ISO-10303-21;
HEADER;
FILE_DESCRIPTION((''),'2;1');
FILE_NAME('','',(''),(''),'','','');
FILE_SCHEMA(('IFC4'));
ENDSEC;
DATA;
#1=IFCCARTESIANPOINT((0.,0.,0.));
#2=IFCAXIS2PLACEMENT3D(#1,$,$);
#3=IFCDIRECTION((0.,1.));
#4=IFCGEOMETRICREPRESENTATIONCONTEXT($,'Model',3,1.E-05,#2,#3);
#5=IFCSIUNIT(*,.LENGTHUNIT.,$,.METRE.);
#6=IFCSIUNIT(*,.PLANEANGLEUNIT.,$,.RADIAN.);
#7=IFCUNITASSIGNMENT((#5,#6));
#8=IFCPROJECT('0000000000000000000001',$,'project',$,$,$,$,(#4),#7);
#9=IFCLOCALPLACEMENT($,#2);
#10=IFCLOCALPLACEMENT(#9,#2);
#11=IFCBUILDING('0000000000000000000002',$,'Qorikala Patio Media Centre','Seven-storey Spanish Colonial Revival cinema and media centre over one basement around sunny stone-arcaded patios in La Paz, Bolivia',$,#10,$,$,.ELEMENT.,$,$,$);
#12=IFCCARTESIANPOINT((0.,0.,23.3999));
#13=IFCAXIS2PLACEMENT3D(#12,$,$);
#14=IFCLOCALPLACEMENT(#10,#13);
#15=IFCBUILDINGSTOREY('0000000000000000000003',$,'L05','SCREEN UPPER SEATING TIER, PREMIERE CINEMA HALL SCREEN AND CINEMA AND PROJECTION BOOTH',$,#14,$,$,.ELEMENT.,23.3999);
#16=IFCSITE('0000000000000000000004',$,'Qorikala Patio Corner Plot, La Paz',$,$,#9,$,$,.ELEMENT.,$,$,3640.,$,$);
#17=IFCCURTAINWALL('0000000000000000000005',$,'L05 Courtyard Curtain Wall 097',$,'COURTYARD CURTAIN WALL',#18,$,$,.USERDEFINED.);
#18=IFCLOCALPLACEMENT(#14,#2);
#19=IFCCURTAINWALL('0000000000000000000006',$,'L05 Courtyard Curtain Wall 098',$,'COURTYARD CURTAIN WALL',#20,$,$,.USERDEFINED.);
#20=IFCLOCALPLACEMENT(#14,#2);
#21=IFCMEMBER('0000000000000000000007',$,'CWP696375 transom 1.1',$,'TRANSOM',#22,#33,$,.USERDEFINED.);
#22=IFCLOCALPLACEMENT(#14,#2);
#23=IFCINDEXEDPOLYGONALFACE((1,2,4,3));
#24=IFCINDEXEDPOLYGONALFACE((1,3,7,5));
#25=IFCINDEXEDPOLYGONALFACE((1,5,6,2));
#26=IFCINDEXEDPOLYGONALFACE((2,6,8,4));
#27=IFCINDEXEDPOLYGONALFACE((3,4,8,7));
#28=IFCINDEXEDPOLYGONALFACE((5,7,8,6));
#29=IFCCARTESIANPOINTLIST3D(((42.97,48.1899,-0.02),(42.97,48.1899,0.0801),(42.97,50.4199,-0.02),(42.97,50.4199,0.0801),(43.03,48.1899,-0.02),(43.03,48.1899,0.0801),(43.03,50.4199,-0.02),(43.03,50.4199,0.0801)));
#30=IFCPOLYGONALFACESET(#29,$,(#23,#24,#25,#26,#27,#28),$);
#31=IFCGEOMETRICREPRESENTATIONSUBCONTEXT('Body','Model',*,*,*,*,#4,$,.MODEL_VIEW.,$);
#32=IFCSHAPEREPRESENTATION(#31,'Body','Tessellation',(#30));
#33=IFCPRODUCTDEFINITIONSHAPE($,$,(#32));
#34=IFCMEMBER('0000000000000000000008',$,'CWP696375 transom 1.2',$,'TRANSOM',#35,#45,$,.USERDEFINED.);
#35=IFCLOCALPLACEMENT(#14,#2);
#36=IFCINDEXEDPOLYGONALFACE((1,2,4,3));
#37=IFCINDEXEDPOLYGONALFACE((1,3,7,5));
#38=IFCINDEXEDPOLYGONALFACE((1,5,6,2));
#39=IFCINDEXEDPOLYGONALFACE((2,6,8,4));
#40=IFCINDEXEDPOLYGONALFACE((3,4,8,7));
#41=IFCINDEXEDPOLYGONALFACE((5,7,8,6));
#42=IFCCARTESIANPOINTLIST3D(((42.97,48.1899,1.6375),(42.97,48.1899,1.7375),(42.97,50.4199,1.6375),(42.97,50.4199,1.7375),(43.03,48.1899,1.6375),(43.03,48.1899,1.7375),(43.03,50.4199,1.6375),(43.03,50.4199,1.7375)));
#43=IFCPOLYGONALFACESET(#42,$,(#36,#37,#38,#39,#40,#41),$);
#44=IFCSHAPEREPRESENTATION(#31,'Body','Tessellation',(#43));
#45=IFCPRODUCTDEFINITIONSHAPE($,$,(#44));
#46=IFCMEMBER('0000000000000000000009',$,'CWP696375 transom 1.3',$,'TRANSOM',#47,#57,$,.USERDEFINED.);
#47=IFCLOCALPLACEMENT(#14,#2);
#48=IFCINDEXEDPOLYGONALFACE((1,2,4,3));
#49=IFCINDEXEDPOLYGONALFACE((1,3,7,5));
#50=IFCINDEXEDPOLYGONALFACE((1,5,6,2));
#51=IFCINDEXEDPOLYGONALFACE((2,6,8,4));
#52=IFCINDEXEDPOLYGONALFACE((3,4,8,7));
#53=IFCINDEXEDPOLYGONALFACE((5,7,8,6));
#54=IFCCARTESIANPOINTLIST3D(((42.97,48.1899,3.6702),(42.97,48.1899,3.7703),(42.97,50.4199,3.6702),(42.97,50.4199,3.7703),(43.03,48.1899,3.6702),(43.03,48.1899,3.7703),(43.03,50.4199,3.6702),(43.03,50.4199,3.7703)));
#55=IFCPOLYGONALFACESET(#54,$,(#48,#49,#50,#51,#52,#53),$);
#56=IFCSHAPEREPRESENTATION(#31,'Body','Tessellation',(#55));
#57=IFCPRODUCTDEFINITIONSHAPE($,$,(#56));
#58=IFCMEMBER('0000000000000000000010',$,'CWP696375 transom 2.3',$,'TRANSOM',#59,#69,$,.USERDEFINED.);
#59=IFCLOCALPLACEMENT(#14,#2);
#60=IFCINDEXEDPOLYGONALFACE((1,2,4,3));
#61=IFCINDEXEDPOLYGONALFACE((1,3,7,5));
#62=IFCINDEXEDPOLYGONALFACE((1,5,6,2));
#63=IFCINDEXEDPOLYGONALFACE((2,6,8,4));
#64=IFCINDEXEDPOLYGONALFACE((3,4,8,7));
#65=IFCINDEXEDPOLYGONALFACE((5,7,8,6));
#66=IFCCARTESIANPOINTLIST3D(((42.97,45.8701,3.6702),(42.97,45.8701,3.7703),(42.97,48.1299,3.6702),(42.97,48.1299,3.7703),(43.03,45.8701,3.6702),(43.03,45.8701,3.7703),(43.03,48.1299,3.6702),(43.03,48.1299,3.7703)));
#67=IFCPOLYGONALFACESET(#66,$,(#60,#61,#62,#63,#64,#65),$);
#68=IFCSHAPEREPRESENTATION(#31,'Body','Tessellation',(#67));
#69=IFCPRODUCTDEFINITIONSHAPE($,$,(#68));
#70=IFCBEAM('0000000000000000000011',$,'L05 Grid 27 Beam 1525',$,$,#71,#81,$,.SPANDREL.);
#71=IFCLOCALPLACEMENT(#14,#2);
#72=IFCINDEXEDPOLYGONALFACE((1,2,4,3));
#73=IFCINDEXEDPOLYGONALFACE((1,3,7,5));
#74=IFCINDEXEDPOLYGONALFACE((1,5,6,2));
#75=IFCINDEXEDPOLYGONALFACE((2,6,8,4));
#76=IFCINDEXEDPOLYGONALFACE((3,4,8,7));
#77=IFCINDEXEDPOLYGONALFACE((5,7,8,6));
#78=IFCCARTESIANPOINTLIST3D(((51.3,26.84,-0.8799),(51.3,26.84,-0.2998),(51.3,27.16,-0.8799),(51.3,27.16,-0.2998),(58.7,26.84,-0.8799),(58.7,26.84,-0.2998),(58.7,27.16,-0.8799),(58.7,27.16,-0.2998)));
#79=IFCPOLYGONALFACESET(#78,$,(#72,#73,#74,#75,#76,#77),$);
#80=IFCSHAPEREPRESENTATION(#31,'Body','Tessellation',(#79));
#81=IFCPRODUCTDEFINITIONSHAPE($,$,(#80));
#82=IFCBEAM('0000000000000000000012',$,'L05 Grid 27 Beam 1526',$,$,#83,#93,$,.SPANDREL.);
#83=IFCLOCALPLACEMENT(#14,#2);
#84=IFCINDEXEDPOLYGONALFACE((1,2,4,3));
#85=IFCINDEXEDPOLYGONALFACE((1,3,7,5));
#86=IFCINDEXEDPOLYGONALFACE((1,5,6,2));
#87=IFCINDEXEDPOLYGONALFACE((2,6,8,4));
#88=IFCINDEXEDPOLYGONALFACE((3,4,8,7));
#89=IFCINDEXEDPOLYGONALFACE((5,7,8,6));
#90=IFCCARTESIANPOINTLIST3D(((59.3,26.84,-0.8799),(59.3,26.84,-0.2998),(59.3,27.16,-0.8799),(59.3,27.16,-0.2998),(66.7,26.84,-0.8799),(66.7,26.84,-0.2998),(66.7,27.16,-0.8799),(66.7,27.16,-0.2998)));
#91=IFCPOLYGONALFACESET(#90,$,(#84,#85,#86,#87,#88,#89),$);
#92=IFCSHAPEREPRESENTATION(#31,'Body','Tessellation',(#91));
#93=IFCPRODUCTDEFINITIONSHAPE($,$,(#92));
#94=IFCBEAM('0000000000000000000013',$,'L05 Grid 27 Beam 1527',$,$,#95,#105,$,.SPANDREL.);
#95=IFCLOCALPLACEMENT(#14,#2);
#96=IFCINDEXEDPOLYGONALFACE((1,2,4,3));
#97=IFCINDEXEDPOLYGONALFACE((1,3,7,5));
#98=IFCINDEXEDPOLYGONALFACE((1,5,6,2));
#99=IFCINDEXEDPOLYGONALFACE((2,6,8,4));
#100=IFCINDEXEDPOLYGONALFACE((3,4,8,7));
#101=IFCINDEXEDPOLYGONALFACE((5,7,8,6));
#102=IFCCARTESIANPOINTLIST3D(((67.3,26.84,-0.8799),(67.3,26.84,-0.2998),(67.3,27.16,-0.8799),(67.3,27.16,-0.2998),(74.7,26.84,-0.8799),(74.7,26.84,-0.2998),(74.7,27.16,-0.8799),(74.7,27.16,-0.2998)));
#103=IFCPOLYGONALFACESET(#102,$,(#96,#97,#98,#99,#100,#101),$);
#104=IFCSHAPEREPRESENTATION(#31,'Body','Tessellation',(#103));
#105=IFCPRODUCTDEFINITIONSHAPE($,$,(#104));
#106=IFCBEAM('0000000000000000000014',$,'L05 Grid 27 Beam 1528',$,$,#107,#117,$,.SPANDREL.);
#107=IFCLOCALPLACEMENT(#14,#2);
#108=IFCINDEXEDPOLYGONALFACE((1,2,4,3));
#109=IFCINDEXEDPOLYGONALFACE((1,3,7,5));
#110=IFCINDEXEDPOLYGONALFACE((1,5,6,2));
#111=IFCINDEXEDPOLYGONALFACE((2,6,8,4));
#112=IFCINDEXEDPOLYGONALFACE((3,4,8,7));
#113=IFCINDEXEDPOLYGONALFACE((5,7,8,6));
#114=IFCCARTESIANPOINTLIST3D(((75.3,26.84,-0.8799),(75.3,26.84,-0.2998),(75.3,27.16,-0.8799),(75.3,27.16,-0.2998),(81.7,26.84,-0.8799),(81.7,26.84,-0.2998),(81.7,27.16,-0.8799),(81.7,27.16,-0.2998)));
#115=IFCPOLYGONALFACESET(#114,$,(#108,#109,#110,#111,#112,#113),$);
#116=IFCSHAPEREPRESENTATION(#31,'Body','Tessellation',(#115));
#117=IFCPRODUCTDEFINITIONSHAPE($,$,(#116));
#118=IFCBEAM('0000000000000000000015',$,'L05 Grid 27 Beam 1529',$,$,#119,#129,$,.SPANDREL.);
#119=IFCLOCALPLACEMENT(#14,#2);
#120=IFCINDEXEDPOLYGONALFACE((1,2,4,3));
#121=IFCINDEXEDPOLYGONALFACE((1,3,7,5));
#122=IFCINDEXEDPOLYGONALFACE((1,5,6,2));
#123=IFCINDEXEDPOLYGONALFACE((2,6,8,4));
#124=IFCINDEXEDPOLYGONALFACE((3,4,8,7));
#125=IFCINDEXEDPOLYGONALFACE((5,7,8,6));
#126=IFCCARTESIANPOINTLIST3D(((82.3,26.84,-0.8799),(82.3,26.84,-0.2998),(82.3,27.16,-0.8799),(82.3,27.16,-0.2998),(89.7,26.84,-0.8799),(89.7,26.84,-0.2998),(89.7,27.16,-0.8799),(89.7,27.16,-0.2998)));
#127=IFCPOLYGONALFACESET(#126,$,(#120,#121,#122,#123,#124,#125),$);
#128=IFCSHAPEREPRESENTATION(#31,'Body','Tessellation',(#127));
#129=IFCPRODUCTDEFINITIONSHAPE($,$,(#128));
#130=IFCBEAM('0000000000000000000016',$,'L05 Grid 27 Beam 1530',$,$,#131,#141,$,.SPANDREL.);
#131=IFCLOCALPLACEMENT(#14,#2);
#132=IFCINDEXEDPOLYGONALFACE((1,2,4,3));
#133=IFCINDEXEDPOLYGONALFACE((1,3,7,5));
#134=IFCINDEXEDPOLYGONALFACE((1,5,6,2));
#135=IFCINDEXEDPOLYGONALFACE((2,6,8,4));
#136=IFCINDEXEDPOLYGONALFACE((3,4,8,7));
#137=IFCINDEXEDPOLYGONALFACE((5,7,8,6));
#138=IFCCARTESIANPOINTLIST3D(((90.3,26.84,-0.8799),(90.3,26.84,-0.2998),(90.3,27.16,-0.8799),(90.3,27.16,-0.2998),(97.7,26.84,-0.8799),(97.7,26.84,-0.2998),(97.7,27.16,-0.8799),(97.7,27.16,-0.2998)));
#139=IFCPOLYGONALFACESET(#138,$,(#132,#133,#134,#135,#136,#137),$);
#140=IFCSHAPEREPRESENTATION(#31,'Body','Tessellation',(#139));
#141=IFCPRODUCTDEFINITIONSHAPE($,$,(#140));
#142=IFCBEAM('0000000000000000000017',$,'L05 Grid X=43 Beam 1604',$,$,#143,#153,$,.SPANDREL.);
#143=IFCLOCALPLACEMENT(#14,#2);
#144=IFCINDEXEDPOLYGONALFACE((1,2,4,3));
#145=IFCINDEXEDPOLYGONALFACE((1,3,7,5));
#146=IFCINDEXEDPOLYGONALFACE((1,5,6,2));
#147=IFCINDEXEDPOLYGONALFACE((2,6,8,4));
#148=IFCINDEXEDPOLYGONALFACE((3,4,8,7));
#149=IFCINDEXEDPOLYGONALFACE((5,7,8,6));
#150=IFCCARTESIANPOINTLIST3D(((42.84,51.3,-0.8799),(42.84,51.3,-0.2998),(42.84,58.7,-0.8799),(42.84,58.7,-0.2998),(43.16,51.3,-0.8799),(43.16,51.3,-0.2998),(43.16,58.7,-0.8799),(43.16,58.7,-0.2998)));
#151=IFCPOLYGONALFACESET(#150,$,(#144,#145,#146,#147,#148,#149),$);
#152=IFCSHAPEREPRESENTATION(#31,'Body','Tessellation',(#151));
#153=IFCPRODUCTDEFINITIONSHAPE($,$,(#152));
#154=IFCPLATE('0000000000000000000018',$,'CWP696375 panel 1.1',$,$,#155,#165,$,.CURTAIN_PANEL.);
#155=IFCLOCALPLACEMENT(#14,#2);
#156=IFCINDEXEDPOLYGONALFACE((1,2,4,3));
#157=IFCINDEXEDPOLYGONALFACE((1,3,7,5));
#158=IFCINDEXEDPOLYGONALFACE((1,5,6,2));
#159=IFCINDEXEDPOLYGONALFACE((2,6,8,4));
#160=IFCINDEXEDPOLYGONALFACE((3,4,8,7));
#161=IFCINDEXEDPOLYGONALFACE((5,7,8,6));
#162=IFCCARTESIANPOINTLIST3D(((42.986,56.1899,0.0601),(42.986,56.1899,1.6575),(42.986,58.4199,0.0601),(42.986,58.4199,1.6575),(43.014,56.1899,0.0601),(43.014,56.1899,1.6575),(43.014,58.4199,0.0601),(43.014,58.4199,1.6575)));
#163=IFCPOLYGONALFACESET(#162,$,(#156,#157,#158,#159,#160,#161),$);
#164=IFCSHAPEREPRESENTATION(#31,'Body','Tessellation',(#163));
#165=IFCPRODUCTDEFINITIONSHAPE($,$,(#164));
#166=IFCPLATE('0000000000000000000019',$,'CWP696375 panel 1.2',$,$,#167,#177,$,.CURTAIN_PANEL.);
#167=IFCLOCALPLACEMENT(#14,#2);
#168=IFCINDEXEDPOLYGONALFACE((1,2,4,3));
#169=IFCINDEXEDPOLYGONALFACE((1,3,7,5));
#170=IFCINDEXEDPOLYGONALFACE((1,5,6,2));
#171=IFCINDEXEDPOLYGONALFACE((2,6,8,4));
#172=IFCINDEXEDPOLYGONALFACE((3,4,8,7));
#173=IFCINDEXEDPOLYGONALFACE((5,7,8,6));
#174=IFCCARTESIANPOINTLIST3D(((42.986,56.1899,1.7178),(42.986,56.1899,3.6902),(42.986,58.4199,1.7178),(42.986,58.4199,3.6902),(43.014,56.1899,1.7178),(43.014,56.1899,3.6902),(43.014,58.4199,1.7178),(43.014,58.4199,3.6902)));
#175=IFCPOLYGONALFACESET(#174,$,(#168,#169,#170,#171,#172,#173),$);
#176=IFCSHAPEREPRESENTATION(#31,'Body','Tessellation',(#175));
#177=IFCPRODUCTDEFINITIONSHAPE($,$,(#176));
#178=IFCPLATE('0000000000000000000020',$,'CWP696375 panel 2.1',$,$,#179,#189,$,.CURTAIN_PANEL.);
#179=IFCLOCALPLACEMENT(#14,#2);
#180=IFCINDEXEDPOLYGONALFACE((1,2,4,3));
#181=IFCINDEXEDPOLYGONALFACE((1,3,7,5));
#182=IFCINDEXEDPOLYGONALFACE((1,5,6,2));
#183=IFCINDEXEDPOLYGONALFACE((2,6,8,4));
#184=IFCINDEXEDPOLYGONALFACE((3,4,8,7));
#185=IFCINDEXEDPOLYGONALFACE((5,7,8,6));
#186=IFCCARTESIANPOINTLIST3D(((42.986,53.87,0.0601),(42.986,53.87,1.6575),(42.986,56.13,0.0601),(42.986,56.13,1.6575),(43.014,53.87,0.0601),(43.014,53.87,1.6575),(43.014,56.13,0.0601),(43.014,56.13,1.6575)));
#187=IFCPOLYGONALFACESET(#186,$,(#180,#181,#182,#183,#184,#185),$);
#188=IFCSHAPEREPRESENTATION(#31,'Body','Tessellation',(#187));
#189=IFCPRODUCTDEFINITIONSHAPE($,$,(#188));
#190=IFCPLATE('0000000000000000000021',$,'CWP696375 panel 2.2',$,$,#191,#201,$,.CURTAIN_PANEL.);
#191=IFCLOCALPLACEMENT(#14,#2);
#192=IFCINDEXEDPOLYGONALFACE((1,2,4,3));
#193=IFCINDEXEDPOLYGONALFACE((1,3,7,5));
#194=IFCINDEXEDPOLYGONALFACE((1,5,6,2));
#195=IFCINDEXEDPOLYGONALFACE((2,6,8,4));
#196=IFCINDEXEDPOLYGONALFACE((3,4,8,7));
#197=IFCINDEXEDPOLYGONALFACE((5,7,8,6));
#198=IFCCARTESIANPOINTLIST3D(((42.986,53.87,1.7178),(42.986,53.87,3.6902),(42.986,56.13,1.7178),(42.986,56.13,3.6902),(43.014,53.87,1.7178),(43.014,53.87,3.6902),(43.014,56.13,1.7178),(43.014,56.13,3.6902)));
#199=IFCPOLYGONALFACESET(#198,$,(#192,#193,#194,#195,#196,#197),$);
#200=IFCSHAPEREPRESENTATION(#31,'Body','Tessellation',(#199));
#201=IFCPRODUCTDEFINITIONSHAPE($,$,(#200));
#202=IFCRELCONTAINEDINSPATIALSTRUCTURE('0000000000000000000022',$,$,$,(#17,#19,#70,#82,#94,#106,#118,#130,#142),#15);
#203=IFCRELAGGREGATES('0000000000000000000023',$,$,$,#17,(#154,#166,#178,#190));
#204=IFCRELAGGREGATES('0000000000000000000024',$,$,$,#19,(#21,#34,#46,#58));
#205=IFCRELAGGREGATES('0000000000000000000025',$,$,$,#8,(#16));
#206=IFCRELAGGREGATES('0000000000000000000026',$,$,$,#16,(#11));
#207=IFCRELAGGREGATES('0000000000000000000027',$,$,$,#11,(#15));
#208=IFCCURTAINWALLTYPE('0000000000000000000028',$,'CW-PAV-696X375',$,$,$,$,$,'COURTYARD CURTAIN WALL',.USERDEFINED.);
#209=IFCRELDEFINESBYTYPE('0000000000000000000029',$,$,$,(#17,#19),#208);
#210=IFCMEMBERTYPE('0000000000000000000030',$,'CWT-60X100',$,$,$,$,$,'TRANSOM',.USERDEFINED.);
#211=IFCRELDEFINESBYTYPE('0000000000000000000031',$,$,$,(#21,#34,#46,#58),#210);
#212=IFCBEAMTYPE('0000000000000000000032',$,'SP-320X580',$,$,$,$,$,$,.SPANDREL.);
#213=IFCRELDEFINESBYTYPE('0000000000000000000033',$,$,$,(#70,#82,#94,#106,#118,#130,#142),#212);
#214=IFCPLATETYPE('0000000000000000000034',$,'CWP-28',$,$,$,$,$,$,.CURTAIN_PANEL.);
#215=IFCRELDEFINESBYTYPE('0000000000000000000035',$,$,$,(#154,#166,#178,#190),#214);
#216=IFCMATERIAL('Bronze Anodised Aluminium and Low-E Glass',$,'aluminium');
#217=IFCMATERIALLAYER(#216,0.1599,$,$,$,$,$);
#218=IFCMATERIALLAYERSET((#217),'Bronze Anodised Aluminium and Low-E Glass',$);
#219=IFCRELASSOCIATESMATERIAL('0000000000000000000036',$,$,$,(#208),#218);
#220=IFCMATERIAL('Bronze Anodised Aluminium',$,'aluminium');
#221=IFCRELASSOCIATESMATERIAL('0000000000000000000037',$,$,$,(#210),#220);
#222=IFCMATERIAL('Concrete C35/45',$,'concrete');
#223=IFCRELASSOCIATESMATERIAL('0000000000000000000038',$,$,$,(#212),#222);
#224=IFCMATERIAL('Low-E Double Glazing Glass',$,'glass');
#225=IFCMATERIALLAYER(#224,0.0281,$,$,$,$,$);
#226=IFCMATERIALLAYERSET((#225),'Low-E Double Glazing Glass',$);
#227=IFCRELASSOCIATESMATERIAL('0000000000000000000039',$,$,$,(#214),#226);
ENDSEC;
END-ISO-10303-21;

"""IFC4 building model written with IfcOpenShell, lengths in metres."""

from ifc_helpers import new_model, si_unit, direction, frame, origin, origin_2d, place, context, subcontext, project, spatial, rectangle, extrude, material, layer, layer_set, material_profile, profile_set, type_object, element, aggregate, save


model = new_model("IFC4")

# Units and contexts
model_context = context("Model", 3, precision=1e-05, world=origin(), true_north=direction((0.0, 1.0)))
body_context = subcontext(model_context, "Body", "Model", "MODEL_VIEW")
ifc_project = project(units=[si_unit("LENGTHUNIT", "METRE"), si_unit("PLANEANGLEUNIT", "RADIAN")], contexts=[model_context])

# Site, building, storey
site_placement = place(None, origin())
site = spatial("IfcSite", under=ifc_project, at=site_placement, Name="Qorikala Patio Corner Plot, La Paz", CompositionType="ELEMENT", RefElevation=3640.0)
building_placement = place(site_placement, origin())
building = spatial("IfcBuilding", under=site, at=building_placement, Name="Qorikala Patio Media Centre", Description="Seven-storey Spanish Colonial Revival cinema and media centre over one basement around sunny stone-arcaded patios in La Paz, Bolivia", CompositionType="ELEMENT")
storey_placement = place(building_placement, frame((0.0, 0.0, 23.3999)))
storey = spatial("IfcBuildingStorey", under=building, at=storey_placement, Name="L05", Description="SCREEN UPPER SEATING TIER, PREMIERE CINEMA HALL SCREEN AND CINEMA AND PROJECTION BOOTH", CompositionType="ELEMENT", Elevation=23.3999)

# Curtain walls
ifc_material_1 = material(Name="Bronze Anodised Aluminium and Low-E Glass", Category="aluminium")
ifc_layer_1 = layer(ifc_material_1, 0.1599)
ifc_layer_set_1 = layer_set([ifc_layer_1], Name="Bronze Anodised Aluminium and Low-E Glass")
curtain_wall_type = type_object("IfcCurtainWallType", Name="CW-PAV-696X375", ElementType="COURTYARD CURTAIN WALL", PredefinedType="USERDEFINED", material=ifc_layer_set_1)
curtain_wall_1_placement = place(storey_placement, origin())
curtain_wall_1 = element("IfcCurtainWall", 1, at=curtain_wall_1_placement, inside=storey, type_object=curtain_wall_type, Name="L05 Courtyard Curtain Wall 097", ObjectType="COURTYARD CURTAIN WALL", PredefinedType="USERDEFINED")
ifc_material_2 = material(Name="Bronze Anodised Aluminium", Category="aluminium")
curtain_wall_2_placement = place(storey_placement, origin())
curtain_wall_2 = element("IfcCurtainWall", 2, at=curtain_wall_2_placement, inside=storey, type_object=curtain_wall_type, Name="L05 Courtyard Curtain Wall 098", ObjectType="COURTYARD CURTAIN WALL", PredefinedType="USERDEFINED")

# Members
ifc_material_profile_1 = material_profile(ifc_material_2, rectangle(XDim=0.0601, YDim=0.1001, at=origin_2d()), Name="ALU TRANSOM 60x100")
ifc_profile_set_1 = profile_set([ifc_material_profile_1], Name="Bronze Anodised Aluminium")
member_type_1 = type_object("IfcMemberType", Name="CWT-60X100", ElementType="TRANSOM", PredefinedType="USERDEFINED", material=ifc_profile_set_1)
member_1_placement = place(storey_placement, frame((43.0, 50.4199, 0.03), z_axis=(0.0, -1.0, 0.0), x_axis=(1.0, 0.0, 0.0)))
member_1 = element("IfcMember", 3, at=member_1_placement, type_object=member_type_1, Name="CWP696375 transom 1.1", ObjectType="TRANSOM", PredefinedType="USERDEFINED", context=body_context, shape_type="SweptSolid", body=[
    extrude(rectangle(XDim=0.0601, YDim=0.1001, at=origin_2d()), origin(), (0.0, 0.0, 1.0), 2.23),
])
member_2_placement = place(storey_placement, frame((43.0, 50.4199, 1.6875), z_axis=(0.0, -1.0, 0.0), x_axis=(1.0, 0.0, 0.0)))
member_2 = element("IfcMember", 4, at=member_2_placement, type_object=member_type_1, Name="CWP696375 transom 1.2", ObjectType="TRANSOM", PredefinedType="USERDEFINED", context=body_context, shape_type="SweptSolid", body=[
    extrude(rectangle(XDim=0.0601, YDim=0.1001, at=origin_2d()), origin(), (0.0, 0.0, 1.0), 2.23),
])
member_3_placement = place(storey_placement, frame((43.0, 50.4199, 3.7202), z_axis=(0.0, -1.0, 0.0), x_axis=(1.0, 0.0, 0.0)))
member_3 = element("IfcMember", 5, at=member_3_placement, type_object=member_type_1, Name="CWP696375 transom 1.3", ObjectType="TRANSOM", PredefinedType="USERDEFINED", context=body_context, shape_type="SweptSolid", body=[
    extrude(rectangle(XDim=0.0601, YDim=0.1001, at=origin_2d()), origin(), (0.0, 0.0, 1.0), 2.23),
])
member_4_placement = place(storey_placement, frame((43.0, 48.1299, 3.7202), z_axis=(0.0, -1.0, 0.0), x_axis=(1.0, 0.0, 0.0)))
member_4 = element("IfcMember", 6, at=member_4_placement, type_object=member_type_1, Name="CWP696375 transom 2.3", ObjectType="TRANSOM", PredefinedType="USERDEFINED", context=body_context, shape_type="SweptSolid", body=[
    extrude(rectangle(XDim=0.0601, YDim=0.1001, at=origin_2d()), origin(), (0.0, 0.0, 1.0), 2.2598),
])

# Beams
ifc_material_3 = material(Name="Concrete C35/45", Category="concrete")
ifc_material_profile_2 = material_profile(ifc_material_3, rectangle(XDim=0.3201, YDim=0.5801, at=origin_2d()), Name="RC 320x580")
ifc_profile_set_2 = profile_set([ifc_material_profile_2], Name="Concrete C35/45")
beam_type = type_object("IfcBeamType", Name="SP-320X580", PredefinedType="SPANDREL", material=ifc_profile_set_2)
for number, where, z_axis, x_axis, name in (
    (7, (51.3, 27.0, -0.5898), (1.0, 0.0, 0.0), (0.0, 1.0, 0.0), "L05 Grid 27 Beam 1525"),
    (8, (59.3, 27.0, -0.5898), (1.0, 0.0, 0.0), (0.0, 1.0, 0.0), "L05 Grid 27 Beam 1526"),
    (9, (67.3, 27.0, -0.5898), (1.0, 0.0, 0.0), (0.0, 1.0, 0.0), "L05 Grid 27 Beam 1527"),
):
    element("IfcBeam", number, at=place(storey_placement, frame(where, z_axis=z_axis, x_axis=x_axis)), inside=storey, type_object=beam_type, Name=name, PredefinedType="SPANDREL", context=body_context, shape_type="SweptSolid", body=[
        extrude(rectangle(XDim=0.3201, YDim=0.5801, at=origin_2d()), origin(), (0.0, 0.0, 1.0), 7.3999),
    ])
beam_placement = place(storey_placement, frame((75.3, 27.0, -0.5898), z_axis=(1.0, 0.0, 0.0), x_axis=(0.0, 1.0, 0.0)))
element("IfcBeam", 10, at=beam_placement, inside=storey, type_object=beam_type, Name="L05 Grid 27 Beam 1528", PredefinedType="SPANDREL", context=body_context, shape_type="SweptSolid", body=[
    extrude(rectangle(XDim=0.3201, YDim=0.5801, at=origin_2d()), origin(), (0.0, 0.0, 1.0), 6.3999),
])
for number, where, z_axis, x_axis, name in (
    (11, (82.3, 27.0, -0.5898), (1.0, 0.0, 0.0), (0.0, 1.0, 0.0), "L05 Grid 27 Beam 1529"),
    (12, (90.3, 27.0, -0.5898), (1.0, 0.0, 0.0), (0.0, 1.0, 0.0), "L05 Grid 27 Beam 1530"),
    (13, (43.0, 51.3, -0.5898), (0.0, 1.0, 0.0), (-1.0, 0.0, 0.0), "L05 Grid X=43 Beam 1604"),
):
    element("IfcBeam", number, at=place(storey_placement, frame(where, z_axis=z_axis, x_axis=x_axis)), inside=storey, type_object=beam_type, Name=name, PredefinedType="SPANDREL", context=body_context, shape_type="SweptSolid", body=[
        extrude(rectangle(XDim=0.3201, YDim=0.5801, at=origin_2d()), origin(), (0.0, 0.0, 1.0), 7.3999),
    ])

# Plates
ifc_material_4 = material(Name="Low-E Double Glazing Glass", Category="glass")
ifc_layer_2 = layer(ifc_material_4, 0.0281)
ifc_layer_set_2 = layer_set([ifc_layer_2], Name="Low-E Double Glazing Glass")
plate_type = type_object("IfcPlateType", Name="CWP-28", PredefinedType="CURTAIN_PANEL", material=ifc_layer_set_2)
plate_1_placement = place(storey_placement, frame((43.0, 57.3049, 0.0601), z_axis=(0.0, 0.0, 1.0), x_axis=(0.0, -1.0, 0.0)))
plate_1 = element("IfcPlate", 14, at=plate_1_placement, type_object=plate_type, Name="CWP696375 panel 1.1", PredefinedType="CURTAIN_PANEL", context=body_context, shape_type="SweptSolid", body=[
    extrude(rectangle(XDim=2.23, YDim=0.0281, at=origin_2d()), origin(), (0.0, 0.0, 1.0), 1.5974),
])
plate_2_placement = place(storey_placement, frame((43.0, 57.3049, 1.7178), z_axis=(0.0, 0.0, 1.0), x_axis=(0.0, -1.0, 0.0)))
plate_2 = element("IfcPlate", 15, at=plate_2_placement, type_object=plate_type, Name="CWP696375 panel 1.2", PredefinedType="CURTAIN_PANEL", context=body_context, shape_type="SweptSolid", body=[
    extrude(rectangle(XDim=2.23, YDim=0.0281, at=origin_2d()), origin(), (0.0, 0.0, 1.0), 1.9724),
])
plate_3_placement = place(storey_placement, frame((43.0, 55.0, 0.0601), z_axis=(0.0, 0.0, 1.0), x_axis=(0.0, -1.0, 0.0)))
plate_3 = element("IfcPlate", 16, at=plate_3_placement, type_object=plate_type, Name="CWP696375 panel 2.1", PredefinedType="CURTAIN_PANEL", context=body_context, shape_type="SweptSolid", body=[
    extrude(rectangle(XDim=2.26, YDim=0.0281, at=origin_2d()), origin(), (0.0, 0.0, 1.0), 1.5974),
])
plate_4_placement = place(storey_placement, frame((43.0, 55.0, 1.7178), z_axis=(0.0, 0.0, 1.0), x_axis=(0.0, -1.0, 0.0)))
plate_4 = element("IfcPlate", 17, at=plate_4_placement, type_object=plate_type, Name="CWP696375 panel 2.2", PredefinedType="CURTAIN_PANEL", context=body_context, shape_type="SweptSolid", body=[
    extrude(rectangle(XDim=2.26, YDim=0.0281, at=origin_2d()), origin(), (0.0, 0.0, 1.0), 1.9724),
])
aggregate(curtain_wall_1, [plate_1, plate_2, plate_3, plate_4])
aggregate(curtain_wall_2, [member_1, member_2, member_3, member_4])

save(model, "model.ifc")
